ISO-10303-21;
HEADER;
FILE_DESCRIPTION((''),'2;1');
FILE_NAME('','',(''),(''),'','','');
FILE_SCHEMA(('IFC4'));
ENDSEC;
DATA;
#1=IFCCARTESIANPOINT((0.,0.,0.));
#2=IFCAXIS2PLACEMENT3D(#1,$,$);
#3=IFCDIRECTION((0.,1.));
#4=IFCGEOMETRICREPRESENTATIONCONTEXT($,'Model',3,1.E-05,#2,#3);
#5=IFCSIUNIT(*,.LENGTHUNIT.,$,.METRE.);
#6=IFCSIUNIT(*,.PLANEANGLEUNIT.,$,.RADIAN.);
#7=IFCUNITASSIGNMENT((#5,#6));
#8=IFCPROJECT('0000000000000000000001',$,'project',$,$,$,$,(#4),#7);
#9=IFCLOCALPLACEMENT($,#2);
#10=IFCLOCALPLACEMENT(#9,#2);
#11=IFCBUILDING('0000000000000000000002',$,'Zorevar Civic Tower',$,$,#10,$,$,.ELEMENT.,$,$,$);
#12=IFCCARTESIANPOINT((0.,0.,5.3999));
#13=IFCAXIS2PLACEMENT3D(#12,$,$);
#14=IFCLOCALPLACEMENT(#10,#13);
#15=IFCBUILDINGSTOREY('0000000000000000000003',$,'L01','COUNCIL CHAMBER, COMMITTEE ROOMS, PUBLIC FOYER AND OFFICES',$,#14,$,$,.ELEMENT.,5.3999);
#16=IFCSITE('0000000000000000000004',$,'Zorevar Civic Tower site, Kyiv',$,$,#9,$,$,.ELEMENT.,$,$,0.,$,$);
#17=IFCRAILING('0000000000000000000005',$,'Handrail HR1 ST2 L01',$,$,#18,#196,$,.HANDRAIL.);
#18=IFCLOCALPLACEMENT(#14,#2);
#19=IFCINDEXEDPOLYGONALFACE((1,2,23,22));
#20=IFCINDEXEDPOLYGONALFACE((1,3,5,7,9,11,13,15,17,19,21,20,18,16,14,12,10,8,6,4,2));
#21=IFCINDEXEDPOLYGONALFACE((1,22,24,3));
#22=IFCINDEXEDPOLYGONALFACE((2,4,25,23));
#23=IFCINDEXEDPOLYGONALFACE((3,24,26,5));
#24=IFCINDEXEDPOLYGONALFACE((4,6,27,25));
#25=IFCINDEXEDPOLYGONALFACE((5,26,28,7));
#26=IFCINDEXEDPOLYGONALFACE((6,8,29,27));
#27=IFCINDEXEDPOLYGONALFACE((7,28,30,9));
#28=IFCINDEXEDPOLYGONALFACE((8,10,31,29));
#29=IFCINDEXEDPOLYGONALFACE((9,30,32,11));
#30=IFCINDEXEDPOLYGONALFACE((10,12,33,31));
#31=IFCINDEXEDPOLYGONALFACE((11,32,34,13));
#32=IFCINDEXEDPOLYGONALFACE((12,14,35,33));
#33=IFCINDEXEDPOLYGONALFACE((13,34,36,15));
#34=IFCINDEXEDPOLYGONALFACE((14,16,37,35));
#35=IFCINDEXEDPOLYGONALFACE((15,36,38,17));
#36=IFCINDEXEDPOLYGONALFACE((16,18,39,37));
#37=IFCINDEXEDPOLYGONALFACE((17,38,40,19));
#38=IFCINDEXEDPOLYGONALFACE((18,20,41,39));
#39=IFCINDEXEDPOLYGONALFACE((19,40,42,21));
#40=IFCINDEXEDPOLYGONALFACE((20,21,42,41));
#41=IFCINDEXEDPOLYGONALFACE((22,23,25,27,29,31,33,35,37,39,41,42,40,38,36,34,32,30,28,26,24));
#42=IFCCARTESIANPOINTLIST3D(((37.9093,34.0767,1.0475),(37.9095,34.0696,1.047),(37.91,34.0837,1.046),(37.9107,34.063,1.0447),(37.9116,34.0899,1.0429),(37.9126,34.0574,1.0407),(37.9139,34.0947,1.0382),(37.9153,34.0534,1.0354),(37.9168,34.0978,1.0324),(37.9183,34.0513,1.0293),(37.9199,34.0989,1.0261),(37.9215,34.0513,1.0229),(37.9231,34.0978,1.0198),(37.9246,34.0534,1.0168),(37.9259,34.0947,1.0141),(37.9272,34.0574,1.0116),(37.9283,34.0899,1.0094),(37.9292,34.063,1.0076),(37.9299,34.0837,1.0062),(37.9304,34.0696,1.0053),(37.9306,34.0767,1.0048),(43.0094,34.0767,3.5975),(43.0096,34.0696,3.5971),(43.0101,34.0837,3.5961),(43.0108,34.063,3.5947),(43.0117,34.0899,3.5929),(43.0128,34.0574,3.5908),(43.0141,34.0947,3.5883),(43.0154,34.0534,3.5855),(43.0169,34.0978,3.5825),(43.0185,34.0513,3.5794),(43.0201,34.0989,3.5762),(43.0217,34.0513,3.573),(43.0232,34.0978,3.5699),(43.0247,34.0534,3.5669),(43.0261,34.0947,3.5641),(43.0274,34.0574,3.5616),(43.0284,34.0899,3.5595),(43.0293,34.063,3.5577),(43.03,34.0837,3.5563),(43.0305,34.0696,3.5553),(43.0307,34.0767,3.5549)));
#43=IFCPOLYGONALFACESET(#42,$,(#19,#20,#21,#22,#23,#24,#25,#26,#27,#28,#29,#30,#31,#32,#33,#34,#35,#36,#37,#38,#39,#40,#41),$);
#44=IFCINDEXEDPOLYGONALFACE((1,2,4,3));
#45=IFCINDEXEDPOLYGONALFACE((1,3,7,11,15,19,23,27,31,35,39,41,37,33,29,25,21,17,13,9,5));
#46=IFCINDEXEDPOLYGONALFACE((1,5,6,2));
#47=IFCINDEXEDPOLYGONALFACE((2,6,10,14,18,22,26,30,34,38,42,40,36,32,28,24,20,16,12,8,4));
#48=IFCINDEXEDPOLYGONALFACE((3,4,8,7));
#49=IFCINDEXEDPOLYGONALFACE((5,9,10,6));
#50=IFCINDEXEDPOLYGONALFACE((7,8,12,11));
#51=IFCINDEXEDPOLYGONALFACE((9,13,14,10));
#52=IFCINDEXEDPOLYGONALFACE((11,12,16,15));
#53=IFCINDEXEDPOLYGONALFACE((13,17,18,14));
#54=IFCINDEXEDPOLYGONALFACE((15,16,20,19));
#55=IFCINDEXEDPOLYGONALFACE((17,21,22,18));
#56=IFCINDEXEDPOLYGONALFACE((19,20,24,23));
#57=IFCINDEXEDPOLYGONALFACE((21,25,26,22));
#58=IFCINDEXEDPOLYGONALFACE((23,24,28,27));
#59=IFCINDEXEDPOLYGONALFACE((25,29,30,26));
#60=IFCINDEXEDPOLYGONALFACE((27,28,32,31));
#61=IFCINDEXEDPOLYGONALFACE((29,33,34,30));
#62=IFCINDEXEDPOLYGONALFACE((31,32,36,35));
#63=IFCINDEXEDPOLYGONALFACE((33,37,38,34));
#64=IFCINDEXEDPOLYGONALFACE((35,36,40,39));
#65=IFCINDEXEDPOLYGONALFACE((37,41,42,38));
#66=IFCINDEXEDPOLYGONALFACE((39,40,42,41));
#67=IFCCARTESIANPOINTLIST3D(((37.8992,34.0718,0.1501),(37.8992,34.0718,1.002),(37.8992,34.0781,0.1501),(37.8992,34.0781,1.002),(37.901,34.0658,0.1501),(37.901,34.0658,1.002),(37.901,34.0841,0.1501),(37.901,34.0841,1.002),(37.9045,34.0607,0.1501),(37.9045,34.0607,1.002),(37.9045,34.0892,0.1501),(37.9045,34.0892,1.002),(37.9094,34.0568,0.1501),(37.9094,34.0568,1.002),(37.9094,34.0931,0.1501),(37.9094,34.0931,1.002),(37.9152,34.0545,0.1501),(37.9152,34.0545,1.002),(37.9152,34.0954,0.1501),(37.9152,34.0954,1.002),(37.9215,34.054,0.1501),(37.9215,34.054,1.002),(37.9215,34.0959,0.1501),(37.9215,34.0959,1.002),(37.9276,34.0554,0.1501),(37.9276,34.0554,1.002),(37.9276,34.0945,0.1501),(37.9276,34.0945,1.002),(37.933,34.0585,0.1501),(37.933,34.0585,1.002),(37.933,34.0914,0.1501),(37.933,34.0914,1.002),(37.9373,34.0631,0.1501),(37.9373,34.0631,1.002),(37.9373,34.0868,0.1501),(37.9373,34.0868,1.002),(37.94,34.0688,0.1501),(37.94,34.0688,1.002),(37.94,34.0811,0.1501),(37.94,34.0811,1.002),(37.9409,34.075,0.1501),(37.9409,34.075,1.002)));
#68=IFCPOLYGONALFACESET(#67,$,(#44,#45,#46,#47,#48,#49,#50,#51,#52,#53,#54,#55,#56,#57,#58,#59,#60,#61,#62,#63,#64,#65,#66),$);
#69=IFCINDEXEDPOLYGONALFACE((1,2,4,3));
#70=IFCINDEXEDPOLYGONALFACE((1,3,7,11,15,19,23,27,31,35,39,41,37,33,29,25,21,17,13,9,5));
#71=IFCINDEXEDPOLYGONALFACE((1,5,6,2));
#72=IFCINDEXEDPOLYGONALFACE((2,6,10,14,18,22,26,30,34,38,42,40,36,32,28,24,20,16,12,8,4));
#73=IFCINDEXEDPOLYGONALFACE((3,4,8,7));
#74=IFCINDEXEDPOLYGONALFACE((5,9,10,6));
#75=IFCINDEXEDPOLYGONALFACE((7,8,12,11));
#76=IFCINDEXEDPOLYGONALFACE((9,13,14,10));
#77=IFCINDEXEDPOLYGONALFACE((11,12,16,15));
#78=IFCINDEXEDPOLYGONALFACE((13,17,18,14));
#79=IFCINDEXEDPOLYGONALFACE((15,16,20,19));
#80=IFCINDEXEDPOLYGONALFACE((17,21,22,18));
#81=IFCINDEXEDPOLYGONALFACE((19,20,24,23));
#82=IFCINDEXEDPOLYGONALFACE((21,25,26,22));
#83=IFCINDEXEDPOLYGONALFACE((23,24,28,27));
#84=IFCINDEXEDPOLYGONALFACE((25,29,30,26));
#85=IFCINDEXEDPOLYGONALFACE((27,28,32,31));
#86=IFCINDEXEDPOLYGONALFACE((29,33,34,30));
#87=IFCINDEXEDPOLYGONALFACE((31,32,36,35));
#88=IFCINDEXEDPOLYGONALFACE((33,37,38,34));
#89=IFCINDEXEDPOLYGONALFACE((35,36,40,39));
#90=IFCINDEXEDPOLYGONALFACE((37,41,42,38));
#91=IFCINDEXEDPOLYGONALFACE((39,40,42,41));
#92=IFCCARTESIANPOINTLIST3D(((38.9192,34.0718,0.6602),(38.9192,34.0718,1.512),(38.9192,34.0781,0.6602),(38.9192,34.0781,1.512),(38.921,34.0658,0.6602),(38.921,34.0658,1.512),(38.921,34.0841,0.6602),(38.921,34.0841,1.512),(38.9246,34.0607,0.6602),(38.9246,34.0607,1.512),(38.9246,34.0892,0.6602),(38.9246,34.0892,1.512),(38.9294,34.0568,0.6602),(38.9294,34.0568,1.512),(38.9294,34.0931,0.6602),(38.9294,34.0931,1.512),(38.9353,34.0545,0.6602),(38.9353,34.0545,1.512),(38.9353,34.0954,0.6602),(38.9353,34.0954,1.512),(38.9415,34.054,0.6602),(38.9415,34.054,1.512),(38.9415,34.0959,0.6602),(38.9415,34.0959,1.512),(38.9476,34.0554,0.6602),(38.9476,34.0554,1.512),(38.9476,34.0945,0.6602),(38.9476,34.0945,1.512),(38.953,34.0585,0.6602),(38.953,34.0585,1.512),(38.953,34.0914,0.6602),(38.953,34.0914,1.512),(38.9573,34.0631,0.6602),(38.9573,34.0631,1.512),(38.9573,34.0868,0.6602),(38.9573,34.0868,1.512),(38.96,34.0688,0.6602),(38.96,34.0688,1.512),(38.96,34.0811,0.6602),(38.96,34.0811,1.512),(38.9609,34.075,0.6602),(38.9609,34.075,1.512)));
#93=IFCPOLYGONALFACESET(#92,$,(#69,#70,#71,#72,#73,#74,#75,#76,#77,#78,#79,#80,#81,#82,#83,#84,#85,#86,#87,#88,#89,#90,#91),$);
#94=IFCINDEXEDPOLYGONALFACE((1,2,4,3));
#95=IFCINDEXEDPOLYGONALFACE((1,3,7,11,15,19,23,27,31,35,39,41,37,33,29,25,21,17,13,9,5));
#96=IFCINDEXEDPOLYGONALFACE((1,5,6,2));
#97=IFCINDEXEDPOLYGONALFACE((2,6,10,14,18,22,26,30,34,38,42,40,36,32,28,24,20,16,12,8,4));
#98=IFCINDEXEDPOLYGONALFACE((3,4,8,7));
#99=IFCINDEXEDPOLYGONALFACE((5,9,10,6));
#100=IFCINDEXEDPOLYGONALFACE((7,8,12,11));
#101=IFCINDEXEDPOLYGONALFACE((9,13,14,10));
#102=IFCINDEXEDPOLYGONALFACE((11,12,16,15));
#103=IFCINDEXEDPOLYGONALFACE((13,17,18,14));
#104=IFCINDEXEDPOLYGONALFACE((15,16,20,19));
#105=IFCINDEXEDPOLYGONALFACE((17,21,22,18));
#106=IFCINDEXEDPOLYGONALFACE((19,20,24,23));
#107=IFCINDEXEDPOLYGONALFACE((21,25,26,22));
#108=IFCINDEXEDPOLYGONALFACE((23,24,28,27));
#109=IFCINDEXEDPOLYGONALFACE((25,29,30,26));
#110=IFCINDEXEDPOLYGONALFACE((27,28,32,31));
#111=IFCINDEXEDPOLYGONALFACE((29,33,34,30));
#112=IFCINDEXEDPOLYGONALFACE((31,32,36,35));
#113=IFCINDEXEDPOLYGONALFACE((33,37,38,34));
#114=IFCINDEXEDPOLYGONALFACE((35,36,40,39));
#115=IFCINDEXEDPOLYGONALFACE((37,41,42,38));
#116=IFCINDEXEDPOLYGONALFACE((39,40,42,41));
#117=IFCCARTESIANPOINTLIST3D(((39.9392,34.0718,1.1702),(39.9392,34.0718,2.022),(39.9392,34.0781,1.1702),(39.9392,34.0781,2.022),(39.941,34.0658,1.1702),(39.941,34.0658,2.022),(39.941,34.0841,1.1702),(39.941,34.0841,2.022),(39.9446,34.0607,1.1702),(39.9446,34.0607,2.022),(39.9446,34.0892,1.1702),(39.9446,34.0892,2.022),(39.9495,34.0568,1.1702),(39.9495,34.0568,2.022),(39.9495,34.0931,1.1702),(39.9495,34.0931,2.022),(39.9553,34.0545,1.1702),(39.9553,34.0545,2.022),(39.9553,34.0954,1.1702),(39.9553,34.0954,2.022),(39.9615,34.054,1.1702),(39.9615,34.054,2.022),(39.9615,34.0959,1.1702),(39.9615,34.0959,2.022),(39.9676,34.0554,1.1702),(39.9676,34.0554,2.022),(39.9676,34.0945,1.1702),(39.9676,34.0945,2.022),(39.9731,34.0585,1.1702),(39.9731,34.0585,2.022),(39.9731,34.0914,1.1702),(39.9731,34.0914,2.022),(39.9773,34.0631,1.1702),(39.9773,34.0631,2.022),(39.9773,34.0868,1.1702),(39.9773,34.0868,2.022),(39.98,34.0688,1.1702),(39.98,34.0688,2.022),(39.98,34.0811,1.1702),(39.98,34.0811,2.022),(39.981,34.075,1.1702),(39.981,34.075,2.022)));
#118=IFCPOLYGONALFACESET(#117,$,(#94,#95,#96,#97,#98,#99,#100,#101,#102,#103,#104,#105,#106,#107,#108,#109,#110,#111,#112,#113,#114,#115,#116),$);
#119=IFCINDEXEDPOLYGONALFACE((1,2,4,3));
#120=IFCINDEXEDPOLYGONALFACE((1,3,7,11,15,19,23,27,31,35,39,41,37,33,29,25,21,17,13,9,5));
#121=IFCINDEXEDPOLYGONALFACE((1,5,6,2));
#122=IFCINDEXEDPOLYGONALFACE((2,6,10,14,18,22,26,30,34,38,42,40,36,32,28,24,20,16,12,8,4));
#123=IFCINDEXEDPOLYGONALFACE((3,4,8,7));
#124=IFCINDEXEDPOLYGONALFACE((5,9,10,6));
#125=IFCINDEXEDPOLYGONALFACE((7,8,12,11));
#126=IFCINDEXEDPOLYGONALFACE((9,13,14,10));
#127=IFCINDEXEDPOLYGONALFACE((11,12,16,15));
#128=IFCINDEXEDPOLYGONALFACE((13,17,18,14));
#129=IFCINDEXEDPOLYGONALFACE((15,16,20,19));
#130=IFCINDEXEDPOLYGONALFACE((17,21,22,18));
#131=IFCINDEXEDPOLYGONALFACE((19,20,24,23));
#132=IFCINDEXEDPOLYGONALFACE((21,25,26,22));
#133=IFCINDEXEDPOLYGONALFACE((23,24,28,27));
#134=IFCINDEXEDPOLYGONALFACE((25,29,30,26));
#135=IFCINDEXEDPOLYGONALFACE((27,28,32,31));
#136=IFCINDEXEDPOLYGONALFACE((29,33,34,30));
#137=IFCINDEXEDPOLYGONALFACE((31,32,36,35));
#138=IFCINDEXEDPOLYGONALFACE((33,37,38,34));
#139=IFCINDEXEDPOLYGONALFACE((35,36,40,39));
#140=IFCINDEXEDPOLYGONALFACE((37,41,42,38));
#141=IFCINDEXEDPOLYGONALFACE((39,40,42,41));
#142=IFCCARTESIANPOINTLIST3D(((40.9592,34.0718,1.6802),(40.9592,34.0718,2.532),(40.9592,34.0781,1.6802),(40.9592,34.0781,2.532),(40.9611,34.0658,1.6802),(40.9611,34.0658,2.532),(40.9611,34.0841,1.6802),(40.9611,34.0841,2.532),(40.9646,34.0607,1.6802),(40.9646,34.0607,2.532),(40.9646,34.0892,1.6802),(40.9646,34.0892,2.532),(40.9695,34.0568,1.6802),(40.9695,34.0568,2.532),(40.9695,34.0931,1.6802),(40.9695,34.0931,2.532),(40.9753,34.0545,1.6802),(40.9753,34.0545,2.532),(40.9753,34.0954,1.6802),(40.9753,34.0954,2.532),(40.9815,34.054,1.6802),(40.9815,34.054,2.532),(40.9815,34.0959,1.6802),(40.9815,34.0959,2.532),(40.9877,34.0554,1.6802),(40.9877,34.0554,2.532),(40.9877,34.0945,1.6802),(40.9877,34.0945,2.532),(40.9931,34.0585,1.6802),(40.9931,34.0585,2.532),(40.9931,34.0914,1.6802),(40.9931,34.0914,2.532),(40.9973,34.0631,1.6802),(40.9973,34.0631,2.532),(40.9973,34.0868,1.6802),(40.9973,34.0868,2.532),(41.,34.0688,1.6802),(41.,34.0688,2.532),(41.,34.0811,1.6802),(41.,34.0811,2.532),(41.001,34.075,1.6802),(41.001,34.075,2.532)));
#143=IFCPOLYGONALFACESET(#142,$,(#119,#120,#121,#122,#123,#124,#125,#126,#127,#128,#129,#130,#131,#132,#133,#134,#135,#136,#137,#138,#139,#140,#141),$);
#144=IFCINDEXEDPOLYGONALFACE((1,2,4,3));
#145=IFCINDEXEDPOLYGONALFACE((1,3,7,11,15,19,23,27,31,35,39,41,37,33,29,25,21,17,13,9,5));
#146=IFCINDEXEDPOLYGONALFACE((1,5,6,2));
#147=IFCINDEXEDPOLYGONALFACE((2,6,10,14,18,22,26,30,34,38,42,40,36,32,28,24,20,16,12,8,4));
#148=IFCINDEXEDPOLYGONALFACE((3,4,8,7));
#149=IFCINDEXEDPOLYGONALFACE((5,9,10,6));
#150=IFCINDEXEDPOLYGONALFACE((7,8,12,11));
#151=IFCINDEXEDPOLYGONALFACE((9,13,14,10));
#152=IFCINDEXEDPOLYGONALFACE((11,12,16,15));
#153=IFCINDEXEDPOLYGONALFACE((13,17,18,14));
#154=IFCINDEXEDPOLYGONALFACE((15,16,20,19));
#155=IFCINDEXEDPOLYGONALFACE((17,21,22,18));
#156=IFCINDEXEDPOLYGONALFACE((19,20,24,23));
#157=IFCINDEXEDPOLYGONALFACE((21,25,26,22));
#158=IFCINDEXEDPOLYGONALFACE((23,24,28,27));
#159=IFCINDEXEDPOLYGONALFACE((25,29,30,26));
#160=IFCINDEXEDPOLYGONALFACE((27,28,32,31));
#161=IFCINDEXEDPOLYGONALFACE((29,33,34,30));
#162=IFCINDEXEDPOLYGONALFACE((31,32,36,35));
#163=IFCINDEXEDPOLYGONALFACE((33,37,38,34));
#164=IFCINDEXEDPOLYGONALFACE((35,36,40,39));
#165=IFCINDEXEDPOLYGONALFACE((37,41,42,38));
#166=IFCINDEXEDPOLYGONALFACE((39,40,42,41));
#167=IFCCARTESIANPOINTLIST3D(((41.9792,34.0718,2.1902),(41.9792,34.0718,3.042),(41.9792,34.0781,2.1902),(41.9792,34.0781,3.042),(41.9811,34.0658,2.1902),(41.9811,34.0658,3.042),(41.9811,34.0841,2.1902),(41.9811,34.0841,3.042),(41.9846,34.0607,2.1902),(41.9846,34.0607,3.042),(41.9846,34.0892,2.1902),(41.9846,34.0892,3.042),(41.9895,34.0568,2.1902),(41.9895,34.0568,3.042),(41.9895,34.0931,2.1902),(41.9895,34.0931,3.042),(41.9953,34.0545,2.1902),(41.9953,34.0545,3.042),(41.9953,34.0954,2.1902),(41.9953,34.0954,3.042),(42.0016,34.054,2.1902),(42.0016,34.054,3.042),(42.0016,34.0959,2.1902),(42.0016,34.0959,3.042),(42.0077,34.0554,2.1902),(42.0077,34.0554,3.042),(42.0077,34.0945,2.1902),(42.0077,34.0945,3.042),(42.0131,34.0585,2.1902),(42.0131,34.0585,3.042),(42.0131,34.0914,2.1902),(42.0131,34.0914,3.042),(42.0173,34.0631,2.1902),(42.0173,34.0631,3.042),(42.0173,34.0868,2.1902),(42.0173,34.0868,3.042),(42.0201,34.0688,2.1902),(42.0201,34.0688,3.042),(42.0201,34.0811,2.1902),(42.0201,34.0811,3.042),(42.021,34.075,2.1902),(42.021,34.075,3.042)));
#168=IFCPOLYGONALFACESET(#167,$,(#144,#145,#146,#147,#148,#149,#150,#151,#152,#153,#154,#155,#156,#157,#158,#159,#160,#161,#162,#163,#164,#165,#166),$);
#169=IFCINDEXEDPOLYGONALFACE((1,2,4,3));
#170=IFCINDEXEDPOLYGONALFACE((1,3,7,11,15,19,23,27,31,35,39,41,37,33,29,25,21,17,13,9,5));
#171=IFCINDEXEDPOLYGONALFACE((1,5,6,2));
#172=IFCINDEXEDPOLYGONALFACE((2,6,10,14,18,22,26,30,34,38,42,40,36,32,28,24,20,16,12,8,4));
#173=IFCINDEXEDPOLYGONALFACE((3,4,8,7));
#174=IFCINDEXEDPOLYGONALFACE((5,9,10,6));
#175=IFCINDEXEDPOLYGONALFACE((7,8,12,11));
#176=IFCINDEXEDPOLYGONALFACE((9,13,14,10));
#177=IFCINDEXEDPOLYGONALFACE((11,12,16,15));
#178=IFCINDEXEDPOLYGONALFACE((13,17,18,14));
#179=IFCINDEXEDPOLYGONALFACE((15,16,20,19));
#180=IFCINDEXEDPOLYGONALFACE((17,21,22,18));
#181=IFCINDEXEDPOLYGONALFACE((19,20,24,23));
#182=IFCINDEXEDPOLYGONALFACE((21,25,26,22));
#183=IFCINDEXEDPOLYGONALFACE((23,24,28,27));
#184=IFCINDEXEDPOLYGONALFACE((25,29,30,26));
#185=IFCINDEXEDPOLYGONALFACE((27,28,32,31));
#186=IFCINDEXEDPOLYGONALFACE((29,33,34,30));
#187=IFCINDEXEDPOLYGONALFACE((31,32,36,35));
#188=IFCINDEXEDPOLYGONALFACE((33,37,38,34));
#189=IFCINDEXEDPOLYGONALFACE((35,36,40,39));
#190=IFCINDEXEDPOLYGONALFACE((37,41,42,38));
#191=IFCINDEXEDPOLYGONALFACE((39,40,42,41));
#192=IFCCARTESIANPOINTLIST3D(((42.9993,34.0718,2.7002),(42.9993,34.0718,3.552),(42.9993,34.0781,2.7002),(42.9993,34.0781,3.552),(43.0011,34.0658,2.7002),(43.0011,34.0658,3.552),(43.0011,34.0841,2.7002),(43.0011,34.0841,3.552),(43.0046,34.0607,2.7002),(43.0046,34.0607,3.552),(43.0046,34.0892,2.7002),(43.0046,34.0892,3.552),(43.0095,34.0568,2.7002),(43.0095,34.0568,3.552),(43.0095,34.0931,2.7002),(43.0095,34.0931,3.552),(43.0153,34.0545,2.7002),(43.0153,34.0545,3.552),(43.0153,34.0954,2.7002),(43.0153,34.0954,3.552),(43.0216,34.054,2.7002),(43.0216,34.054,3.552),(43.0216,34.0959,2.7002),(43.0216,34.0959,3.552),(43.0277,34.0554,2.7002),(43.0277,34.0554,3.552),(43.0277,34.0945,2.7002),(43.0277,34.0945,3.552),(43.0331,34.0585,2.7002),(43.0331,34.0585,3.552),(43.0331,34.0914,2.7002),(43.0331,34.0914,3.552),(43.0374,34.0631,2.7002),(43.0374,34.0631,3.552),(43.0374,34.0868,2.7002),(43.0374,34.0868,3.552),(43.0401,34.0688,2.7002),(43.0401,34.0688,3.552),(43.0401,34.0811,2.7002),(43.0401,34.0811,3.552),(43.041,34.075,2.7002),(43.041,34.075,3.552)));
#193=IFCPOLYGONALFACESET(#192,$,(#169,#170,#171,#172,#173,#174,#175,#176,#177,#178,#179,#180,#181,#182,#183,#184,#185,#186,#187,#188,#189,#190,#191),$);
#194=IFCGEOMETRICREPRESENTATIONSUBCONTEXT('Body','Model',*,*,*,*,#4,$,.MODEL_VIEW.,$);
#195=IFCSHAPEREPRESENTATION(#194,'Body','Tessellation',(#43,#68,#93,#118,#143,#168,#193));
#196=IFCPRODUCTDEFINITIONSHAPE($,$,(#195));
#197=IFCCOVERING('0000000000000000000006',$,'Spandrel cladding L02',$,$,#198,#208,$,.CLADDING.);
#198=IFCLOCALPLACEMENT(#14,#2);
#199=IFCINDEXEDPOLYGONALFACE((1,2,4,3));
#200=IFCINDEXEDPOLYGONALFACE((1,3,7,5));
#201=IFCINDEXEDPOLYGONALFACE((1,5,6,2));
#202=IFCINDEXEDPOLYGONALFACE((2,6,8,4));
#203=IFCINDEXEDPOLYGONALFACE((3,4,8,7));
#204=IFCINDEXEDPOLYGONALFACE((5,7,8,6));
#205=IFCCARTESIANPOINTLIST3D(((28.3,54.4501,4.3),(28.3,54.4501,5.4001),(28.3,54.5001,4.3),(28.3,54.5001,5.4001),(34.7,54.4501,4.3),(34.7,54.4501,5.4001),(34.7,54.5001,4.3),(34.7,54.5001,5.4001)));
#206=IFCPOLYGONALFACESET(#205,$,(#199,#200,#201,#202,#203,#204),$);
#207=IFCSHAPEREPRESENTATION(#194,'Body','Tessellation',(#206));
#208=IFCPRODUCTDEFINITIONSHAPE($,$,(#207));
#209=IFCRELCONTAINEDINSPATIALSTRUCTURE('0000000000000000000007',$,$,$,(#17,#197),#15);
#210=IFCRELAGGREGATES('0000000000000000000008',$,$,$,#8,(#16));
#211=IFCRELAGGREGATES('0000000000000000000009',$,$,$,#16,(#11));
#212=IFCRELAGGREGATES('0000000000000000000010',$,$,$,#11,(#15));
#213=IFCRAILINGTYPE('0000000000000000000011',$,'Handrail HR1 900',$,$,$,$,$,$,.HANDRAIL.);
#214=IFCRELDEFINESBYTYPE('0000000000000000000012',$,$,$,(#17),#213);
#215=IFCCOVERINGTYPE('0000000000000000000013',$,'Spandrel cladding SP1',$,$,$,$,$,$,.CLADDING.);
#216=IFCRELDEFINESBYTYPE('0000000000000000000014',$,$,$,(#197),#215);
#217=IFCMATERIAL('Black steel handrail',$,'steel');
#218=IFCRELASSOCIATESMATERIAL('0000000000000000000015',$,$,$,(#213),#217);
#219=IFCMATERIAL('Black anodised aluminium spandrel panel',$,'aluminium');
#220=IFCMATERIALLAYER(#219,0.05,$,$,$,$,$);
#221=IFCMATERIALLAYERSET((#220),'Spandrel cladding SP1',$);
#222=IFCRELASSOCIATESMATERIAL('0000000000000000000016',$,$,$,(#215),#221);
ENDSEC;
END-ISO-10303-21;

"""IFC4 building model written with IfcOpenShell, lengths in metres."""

from ifc_helpers import new_model, si_unit, direction, frame, frame_2d, origin, origin_2d, place, context, subcontext, project, spatial, rectangle, circle, extrude, material, layer, layer_set, type_object, element, save


model = new_model("IFC4")

# Units and contexts
model_context = context("Model", 3, precision=1e-05, world=origin(), true_north=direction((0.0, 1.0)))
body_context = subcontext(model_context, "Body", "Model", "MODEL_VIEW")
ifc_project = project(units=[si_unit("LENGTHUNIT", "METRE"), si_unit("PLANEANGLEUNIT", "RADIAN")], contexts=[model_context])

# Site, building, storey
site_placement = place(None, origin())
site = spatial("IfcSite", under=ifc_project, at=site_placement, Name="Zorevar Civic Tower site, Kyiv", CompositionType="ELEMENT", RefElevation=0.0)
building_placement = place(site_placement, origin())
building = spatial("IfcBuilding", under=site, at=building_placement, Name="Zorevar Civic Tower", CompositionType="ELEMENT")
storey_placement = place(building_placement, frame((0.0, 0.0, 5.3999)))
storey = spatial("IfcBuildingStorey", under=building, at=storey_placement, Name="L01", Description="COUNCIL CHAMBER, COMMITTEE ROOMS, PUBLIC FOYER AND OFFICES", CompositionType="ELEMENT", Elevation=5.3999)

# Railing
ifc_material_1 = material(Name="Black steel handrail", Category="steel")
railing_type = type_object("IfcRailingType", Name="Handrail HR1 900", PredefinedType="HANDRAIL", material=ifc_material_1)
railing_placement = place(storey_placement, frame((37.9199, 34.075, 0.1501)))
element("IfcRailing", 1, at=railing_placement, inside=storey, type_object=railing_type, Name="Handrail HR1 ST2 L01", PredefinedType="HANDRAIL", context=body_context, shape_type="SweptSolid", body=[
    extrude(circle(Radius=0.0239, at=origin_2d()), frame((0.0, 0.0, 0.876), z_axis=(0.894427, 0.0, 0.447214), x_axis=(0.0, 1.0, 0.0)), (0.0, 0.0, 1.0), 5.7021),
    extrude(circle(Radius=0.021, at=origin_2d()), origin(), (0.0, 0.0, 1.0), 0.8518),
    extrude(circle(Radius=0.021, at=origin_2d()), frame((1.02, 0.0, 0.51)), (0.0, 0.0, 1.0), 0.8518),
    extrude(circle(Radius=0.021, at=origin_2d()), frame((2.04, 0.0, 1.02)), (0.0, 0.0, 1.0), 0.8518),
    extrude(circle(Radius=0.021, at=origin_2d()), frame((3.0601, 0.0, 1.53)), (0.0, 0.0, 1.0), 0.8518),
    extrude(circle(Radius=0.021, at=origin_2d()), frame((4.0801, 0.0, 2.04)), (0.0, 0.0, 1.0), 0.8518),
    extrude(circle(Radius=0.021, at=origin_2d()), frame((5.1001, 0.0, 2.55)), (0.0, 0.0, 1.0), 0.8518),
])

# Covering
ifc_material_2 = material(Name="Black anodised aluminium spandrel panel", Category="aluminium")
ifc_layer_1 = layer(ifc_material_2, 0.05)
ifc_layer_set_1 = layer_set([ifc_layer_1], Name="Spandrel cladding SP1")
covering_type = type_object("IfcCoveringType", Name="Spandrel cladding SP1", PredefinedType="CLADDING", material=ifc_layer_set_1)
for number, where, z_axis, x_axis, name in (
    (2, (28.3, 54.4751, 4.3), (0.0, 0.0, 1.0), (1.0, 0.0, 0.0), "Spandrel cladding L02"),
):
    element("IfcCovering", number, at=place(storey_placement, frame(where, z_axis=z_axis, x_axis=x_axis)), inside=storey, type_object=covering_type, Name=name, PredefinedType="CLADDING", context=body_context, shape_type="SweptSolid", body=[
        extrude(rectangle(XDim=6.3999, YDim=0.05, at=frame_2d((3.2, 0.0))), origin(), (0.0, 0.0, 1.0), 1.1001),
    ])

save(model, "model.ifc")
